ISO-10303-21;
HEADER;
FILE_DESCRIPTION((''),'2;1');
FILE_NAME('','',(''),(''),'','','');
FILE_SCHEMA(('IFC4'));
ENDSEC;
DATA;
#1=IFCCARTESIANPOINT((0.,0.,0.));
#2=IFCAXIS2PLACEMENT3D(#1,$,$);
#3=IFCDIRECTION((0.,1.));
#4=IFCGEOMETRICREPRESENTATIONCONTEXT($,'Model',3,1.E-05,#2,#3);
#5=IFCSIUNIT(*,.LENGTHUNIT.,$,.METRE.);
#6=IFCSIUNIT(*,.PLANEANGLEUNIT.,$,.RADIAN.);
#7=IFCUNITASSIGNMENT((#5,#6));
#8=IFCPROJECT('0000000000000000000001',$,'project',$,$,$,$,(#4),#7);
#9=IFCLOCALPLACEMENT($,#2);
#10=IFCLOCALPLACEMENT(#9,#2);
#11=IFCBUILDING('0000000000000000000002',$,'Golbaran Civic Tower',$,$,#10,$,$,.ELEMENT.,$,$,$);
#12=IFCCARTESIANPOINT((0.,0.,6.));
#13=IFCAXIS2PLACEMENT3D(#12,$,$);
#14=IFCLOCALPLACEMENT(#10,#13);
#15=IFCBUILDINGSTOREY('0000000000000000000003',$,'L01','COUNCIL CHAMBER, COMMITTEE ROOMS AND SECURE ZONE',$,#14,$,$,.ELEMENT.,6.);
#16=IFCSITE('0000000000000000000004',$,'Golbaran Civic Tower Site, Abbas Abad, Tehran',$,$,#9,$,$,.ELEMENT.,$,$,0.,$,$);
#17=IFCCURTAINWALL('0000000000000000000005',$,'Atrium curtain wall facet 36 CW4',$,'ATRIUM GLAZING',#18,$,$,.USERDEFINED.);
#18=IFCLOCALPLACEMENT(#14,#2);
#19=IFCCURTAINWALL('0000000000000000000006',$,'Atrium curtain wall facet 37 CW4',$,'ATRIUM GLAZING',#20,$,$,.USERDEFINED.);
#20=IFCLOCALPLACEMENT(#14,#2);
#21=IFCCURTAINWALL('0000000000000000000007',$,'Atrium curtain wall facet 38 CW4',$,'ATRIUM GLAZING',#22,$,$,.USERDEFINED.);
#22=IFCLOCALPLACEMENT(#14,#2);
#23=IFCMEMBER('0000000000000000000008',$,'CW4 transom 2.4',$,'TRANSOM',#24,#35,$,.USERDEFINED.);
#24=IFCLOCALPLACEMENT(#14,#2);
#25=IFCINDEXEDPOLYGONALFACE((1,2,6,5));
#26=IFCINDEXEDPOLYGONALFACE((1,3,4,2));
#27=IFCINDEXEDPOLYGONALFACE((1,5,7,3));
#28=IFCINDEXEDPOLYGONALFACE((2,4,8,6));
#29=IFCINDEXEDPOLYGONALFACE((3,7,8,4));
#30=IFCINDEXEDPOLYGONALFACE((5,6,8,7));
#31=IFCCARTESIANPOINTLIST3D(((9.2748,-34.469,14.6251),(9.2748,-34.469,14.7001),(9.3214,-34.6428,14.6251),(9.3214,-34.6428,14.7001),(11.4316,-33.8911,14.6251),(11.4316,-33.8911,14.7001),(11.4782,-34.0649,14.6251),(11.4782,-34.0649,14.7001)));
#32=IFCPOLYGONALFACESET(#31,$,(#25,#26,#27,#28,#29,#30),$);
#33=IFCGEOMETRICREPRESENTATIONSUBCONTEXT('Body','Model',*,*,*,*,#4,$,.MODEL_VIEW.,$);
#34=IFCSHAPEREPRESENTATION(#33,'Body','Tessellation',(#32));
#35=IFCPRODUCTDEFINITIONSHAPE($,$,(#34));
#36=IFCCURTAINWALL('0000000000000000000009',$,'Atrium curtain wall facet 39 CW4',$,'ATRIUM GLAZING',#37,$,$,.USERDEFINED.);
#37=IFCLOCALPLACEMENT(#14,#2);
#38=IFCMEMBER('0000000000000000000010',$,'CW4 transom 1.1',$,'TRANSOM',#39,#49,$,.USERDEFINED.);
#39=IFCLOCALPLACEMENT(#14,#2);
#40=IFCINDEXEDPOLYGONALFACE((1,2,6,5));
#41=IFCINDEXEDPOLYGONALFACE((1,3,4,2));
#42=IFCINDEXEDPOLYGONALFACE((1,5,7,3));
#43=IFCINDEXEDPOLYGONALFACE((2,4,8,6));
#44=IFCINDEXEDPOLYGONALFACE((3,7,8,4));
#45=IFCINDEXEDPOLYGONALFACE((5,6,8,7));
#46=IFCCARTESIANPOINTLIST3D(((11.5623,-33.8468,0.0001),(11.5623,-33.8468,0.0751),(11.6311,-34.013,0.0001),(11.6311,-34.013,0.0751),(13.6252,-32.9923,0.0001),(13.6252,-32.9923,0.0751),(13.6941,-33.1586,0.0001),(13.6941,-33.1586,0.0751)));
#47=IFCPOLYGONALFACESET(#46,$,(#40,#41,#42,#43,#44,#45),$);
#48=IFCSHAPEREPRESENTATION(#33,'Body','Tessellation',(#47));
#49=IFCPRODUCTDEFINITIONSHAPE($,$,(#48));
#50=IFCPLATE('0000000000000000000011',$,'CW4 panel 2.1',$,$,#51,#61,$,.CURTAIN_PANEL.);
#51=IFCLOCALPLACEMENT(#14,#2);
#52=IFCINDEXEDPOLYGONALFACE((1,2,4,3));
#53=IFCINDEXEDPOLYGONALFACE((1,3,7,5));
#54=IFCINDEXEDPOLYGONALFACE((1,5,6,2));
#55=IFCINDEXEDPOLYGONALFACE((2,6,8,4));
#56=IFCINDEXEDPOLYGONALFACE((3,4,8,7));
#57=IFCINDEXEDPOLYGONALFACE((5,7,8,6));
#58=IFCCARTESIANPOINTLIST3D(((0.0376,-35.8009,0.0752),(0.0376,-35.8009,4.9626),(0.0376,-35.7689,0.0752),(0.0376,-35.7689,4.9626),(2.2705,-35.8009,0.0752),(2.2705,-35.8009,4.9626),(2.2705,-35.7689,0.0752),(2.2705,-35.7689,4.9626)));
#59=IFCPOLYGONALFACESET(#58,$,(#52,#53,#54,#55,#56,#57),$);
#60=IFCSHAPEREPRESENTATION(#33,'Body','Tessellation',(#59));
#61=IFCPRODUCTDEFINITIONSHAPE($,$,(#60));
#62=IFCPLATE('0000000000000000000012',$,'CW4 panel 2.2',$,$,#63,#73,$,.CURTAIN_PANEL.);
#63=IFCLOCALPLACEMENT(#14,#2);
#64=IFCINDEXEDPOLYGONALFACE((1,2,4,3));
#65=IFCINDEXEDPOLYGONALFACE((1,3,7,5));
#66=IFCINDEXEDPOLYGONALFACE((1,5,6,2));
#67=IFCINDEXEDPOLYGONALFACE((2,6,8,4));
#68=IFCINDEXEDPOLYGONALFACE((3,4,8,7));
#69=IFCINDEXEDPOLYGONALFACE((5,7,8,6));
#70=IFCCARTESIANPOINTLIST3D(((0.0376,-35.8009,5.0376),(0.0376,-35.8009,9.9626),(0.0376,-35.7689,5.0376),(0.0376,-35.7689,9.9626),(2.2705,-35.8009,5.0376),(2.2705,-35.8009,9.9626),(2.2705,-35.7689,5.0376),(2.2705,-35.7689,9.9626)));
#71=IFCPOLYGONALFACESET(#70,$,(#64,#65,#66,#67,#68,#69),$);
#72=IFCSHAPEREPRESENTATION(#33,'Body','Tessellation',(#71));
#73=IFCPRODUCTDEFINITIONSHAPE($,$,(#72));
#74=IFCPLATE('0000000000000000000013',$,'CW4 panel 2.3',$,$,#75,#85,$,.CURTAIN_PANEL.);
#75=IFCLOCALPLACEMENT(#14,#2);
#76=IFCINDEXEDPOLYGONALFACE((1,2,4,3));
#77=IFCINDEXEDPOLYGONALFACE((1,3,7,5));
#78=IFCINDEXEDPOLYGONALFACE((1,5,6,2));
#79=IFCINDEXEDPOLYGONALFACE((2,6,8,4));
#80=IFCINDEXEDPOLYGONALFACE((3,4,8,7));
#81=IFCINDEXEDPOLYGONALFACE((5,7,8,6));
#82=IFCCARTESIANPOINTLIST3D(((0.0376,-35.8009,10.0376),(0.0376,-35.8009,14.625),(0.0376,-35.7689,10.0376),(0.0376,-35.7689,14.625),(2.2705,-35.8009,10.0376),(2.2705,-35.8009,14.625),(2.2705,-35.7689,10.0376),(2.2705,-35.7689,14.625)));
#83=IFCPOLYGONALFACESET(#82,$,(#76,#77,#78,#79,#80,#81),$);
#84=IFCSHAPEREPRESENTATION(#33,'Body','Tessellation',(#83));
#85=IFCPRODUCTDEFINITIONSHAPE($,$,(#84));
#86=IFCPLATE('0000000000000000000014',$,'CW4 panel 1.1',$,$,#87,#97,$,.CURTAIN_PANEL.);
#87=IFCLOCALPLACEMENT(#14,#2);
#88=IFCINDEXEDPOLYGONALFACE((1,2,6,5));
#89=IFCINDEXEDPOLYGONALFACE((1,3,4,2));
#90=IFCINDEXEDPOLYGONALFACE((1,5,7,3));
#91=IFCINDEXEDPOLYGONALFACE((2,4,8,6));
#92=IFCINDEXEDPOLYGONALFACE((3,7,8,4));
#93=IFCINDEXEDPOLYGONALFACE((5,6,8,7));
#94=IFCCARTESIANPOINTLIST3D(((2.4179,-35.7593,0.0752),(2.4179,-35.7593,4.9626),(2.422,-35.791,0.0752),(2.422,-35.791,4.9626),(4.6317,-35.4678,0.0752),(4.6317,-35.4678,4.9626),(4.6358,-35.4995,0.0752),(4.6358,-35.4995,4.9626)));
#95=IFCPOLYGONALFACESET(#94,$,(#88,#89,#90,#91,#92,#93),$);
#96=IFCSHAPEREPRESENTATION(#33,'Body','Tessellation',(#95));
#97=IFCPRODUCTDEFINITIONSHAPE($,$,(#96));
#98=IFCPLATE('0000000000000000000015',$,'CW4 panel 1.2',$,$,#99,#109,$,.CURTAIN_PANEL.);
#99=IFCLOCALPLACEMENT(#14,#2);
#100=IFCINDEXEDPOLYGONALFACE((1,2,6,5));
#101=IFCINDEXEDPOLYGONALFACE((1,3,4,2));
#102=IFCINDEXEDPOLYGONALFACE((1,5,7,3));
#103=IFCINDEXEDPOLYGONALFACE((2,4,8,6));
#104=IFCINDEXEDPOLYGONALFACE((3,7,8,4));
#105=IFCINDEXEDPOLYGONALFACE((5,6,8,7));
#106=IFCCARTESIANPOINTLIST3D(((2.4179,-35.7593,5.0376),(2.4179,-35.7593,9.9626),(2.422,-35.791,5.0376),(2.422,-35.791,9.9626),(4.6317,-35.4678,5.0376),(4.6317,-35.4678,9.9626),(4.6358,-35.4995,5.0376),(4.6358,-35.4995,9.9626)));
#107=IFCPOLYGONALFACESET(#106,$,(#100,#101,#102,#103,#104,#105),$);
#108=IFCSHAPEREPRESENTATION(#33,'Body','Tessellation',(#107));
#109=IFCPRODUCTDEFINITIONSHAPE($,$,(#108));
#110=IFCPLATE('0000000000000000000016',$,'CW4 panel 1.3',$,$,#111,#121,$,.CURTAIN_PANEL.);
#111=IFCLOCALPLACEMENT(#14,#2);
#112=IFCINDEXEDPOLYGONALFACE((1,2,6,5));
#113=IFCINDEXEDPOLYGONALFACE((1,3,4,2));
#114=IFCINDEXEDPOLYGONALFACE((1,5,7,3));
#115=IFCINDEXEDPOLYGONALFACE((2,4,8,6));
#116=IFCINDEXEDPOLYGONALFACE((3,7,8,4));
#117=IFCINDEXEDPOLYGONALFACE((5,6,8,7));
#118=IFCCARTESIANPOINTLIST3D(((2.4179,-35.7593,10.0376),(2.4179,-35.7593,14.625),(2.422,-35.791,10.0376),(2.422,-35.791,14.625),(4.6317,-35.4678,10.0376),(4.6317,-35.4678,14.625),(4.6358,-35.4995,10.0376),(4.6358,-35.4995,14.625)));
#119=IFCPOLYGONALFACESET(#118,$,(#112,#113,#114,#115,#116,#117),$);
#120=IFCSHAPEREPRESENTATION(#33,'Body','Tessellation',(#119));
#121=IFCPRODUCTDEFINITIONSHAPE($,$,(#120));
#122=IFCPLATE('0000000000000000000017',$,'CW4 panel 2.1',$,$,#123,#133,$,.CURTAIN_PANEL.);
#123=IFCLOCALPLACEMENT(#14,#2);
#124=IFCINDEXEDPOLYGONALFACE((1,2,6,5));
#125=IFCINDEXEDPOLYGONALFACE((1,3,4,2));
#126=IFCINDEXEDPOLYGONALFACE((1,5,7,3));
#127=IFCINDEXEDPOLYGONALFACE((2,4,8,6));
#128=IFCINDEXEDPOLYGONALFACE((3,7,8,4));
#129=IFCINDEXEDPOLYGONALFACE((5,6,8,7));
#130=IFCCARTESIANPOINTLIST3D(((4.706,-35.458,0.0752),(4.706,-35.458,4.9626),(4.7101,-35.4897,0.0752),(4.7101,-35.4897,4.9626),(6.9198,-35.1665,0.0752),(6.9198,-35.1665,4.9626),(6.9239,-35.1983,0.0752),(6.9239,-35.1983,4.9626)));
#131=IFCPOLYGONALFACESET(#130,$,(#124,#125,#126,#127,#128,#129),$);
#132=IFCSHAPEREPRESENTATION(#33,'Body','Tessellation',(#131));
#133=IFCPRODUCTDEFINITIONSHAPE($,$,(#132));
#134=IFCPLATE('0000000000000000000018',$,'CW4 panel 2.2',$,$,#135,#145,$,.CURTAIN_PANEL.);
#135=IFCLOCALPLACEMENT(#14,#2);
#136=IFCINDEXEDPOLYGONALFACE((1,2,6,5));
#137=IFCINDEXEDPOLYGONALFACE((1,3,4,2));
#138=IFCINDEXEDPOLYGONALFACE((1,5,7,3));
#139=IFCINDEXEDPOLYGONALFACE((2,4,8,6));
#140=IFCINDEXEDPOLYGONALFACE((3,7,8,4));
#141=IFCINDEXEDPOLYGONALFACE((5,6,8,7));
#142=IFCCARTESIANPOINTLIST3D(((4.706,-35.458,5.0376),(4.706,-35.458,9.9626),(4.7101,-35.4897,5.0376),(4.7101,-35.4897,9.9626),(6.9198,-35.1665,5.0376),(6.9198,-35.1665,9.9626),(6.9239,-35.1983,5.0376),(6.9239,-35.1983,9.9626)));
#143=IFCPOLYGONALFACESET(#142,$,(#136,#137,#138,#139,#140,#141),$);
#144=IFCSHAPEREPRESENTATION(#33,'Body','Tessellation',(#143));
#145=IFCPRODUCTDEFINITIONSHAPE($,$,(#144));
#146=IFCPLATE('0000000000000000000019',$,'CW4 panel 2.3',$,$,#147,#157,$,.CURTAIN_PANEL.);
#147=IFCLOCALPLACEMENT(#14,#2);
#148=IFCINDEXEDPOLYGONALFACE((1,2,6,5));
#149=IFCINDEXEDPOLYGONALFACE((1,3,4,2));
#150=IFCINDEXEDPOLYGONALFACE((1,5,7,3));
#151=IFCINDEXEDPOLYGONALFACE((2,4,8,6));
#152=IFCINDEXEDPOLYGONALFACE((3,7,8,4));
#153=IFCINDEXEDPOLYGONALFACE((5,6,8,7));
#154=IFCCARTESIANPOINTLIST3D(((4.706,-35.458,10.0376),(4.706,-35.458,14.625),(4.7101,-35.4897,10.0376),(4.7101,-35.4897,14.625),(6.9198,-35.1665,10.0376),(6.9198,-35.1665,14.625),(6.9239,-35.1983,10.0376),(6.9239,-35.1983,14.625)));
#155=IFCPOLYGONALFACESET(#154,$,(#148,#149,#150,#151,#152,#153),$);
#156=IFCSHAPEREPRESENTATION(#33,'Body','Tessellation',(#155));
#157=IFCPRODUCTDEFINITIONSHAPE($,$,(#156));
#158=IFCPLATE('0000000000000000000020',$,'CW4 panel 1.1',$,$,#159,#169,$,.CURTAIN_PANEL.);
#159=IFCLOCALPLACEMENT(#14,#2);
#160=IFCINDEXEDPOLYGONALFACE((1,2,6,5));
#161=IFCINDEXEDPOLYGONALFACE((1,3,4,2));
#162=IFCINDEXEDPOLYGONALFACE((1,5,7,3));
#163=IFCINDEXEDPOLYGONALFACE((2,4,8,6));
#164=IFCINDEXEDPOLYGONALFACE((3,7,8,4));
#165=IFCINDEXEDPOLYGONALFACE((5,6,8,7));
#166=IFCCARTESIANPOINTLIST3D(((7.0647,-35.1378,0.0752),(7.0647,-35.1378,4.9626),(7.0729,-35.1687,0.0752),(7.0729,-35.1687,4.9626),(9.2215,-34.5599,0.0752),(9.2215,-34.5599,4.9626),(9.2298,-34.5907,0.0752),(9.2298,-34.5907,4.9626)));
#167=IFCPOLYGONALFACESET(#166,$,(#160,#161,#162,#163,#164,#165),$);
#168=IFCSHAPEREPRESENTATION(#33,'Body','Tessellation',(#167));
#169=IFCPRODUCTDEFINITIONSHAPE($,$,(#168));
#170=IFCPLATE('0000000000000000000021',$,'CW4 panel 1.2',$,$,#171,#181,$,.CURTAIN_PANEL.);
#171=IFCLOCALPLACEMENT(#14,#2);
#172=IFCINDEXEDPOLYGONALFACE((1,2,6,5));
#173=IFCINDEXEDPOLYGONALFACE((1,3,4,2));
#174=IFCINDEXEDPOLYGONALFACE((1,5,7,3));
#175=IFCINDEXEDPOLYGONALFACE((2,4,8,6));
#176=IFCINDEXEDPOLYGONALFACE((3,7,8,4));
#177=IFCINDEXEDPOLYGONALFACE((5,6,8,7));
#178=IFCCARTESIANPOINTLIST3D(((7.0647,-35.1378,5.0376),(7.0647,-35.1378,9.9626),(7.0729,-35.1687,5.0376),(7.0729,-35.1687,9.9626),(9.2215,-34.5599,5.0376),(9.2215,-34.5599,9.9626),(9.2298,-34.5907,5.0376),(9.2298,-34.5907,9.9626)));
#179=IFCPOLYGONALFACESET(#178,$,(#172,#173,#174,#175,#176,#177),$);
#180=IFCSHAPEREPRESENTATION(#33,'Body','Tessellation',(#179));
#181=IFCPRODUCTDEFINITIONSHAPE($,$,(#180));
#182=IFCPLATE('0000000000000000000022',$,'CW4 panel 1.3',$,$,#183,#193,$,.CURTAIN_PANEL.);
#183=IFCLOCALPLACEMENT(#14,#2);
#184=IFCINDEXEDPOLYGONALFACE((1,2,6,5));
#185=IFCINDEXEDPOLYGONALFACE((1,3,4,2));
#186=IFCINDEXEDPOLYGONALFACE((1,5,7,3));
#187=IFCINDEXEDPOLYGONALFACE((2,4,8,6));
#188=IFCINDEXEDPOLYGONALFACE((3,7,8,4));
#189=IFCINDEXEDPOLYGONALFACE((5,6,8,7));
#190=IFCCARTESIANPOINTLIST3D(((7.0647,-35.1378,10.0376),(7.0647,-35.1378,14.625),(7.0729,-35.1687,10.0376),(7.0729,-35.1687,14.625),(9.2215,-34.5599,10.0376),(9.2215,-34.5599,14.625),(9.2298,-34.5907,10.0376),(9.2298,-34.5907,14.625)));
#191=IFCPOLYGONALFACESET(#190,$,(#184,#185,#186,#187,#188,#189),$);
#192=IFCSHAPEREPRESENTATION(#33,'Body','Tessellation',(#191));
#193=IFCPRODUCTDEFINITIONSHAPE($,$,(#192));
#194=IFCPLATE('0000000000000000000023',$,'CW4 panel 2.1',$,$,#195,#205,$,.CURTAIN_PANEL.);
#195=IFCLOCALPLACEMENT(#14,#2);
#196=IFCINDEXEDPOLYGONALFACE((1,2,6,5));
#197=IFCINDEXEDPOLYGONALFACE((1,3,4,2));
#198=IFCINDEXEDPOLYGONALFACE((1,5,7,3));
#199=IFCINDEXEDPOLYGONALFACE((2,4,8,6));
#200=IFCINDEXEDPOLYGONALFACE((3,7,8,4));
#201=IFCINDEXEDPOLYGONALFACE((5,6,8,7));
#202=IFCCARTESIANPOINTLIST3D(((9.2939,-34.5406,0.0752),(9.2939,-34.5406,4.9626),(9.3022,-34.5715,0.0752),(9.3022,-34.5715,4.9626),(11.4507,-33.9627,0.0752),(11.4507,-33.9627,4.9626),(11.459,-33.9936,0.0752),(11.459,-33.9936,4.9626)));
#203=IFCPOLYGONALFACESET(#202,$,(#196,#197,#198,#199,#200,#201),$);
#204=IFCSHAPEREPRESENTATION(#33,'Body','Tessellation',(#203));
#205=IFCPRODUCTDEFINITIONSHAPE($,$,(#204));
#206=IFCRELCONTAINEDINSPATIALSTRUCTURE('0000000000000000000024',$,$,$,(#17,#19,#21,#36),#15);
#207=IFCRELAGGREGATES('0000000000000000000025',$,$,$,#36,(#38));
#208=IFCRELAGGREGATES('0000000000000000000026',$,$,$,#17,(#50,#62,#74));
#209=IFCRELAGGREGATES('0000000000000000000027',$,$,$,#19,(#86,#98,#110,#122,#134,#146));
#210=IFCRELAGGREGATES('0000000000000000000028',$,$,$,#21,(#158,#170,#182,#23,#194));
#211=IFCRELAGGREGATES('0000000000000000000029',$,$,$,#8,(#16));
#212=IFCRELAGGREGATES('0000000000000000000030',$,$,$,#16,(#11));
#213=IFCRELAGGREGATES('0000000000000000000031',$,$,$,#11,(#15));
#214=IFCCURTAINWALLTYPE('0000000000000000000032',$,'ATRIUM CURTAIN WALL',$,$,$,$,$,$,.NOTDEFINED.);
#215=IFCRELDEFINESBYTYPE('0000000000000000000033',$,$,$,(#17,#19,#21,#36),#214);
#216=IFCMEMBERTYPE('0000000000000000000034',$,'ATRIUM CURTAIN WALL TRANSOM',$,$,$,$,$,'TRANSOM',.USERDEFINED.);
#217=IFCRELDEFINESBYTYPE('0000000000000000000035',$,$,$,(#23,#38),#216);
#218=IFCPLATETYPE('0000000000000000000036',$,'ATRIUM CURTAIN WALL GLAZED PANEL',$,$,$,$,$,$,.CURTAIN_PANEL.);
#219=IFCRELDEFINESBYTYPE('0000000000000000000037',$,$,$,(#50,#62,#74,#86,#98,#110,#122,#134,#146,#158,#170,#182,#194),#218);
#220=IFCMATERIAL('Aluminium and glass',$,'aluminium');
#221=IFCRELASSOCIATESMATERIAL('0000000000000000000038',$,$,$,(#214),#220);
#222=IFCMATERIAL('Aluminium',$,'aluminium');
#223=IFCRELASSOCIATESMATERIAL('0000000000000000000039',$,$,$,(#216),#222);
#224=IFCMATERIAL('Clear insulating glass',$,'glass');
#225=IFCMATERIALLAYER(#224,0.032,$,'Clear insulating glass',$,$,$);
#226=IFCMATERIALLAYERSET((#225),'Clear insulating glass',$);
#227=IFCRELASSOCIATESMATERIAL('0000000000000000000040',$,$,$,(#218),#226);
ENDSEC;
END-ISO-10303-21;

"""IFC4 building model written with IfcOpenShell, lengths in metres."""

from ifc_helpers import new_model, si_unit, direction, frame, origin, origin_2d, place, context, subcontext, project, spatial, rectangle, extrude, material, layer, layer_set, material_profile, profile_set, type_object, element, aggregate, save


model = new_model("IFC4")

# Units and contexts
model_context = context("Model", 3, precision=1e-05, world=origin(), true_north=direction((0.0, 1.0)))
body_context = subcontext(model_context, "Body", "Model", "MODEL_VIEW")
ifc_project = project(units=[si_unit("LENGTHUNIT", "METRE"), si_unit("PLANEANGLEUNIT", "RADIAN")], contexts=[model_context])

# Site, building, storey
site_placement = place(None, origin())
site = spatial("IfcSite", under=ifc_project, at=site_placement, Name="Golbaran Civic Tower Site, Abbas Abad, Tehran", CompositionType="ELEMENT", RefElevation=0.0)
building_placement = place(site_placement, origin())
building = spatial("IfcBuilding", under=site, at=building_placement, Name="Golbaran Civic Tower", CompositionType="ELEMENT")
storey_placement = place(building_placement, frame((0.0, 0.0, 6.0)))
storey = spatial("IfcBuildingStorey", under=building, at=storey_placement, Name="L01", Description="COUNCIL CHAMBER, COMMITTEE ROOMS AND SECURE ZONE", CompositionType="ELEMENT", Elevation=6.0)

# Curtain walls, member
ifc_material_1 = material(Name="Aluminium and glass", Category="aluminium")
curtain_wall_type = type_object("IfcCurtainWallType", Name="ATRIUM CURTAIN WALL", PredefinedType="NOTDEFINED", material=ifc_material_1)
curtain_wall_1_placement = place(storey_placement, origin())
curtain_wall_1 = element("IfcCurtainWall", 1, at=curtain_wall_1_placement, inside=storey, type_object=curtain_wall_type, Name="Atrium curtain wall facet 36 CW4", ObjectType="ATRIUM GLAZING", PredefinedType="USERDEFINED")
ifc_material_2 = material(Name="Aluminium", Category="aluminium")
ifc_material_profile = material_profile(ifc_material_2, rectangle(XDim=0.1799, YDim=0.075, at=origin_2d()), Name="ATRIUM CURTAIN WALL TRANSOM")
ifc_profile_set = profile_set([ifc_material_profile], Name="Aluminium")
member_type = type_object("IfcMemberType", Name="ATRIUM CURTAIN WALL TRANSOM", ElementType="TRANSOM", PredefinedType="USERDEFINED", material=ifc_profile_set)
curtain_wall_2_placement = place(storey_placement, origin())
curtain_wall_2 = element("IfcCurtainWall", 2, at=curtain_wall_2_placement, inside=storey, type_object=curtain_wall_type, Name="Atrium curtain wall facet 37 CW4", ObjectType="ATRIUM GLAZING", PredefinedType="USERDEFINED")
curtain_wall_3_placement = place(storey_placement, origin())
curtain_wall_3 = element("IfcCurtainWall", 3, at=curtain_wall_3_placement, inside=storey, type_object=curtain_wall_type, Name="Atrium curtain wall facet 38 CW4", ObjectType="ATRIUM GLAZING", PredefinedType="USERDEFINED")
member_1_placement = place(storey_placement, frame((9.2981, -34.5559, 14.6626), z_axis=(0.965928, 0.258813, 0.0), x_axis=(-0.258813, 0.965928, 0.0)))
member_1 = element("IfcMember", 4, at=member_1_placement, type_object=member_type, Name="CW4 transom 2.4", ObjectType="TRANSOM", PredefinedType="USERDEFINED", context=body_context, shape_type="SweptSolid", body=[
    extrude(rectangle(XDim=0.1799, YDim=0.075, at=origin_2d()), origin(), (0.0, 0.0, 1.0), 2.2329),
])

# Curtain wall, member
curtain_wall_4_placement = place(storey_placement, origin())
curtain_wall_4 = element("IfcCurtainWall", 5, at=curtain_wall_4_placement, inside=storey, type_object=curtain_wall_type, Name="Atrium curtain wall facet 39 CW4", ObjectType="ATRIUM GLAZING", PredefinedType="USERDEFINED")
member_2_placement = place(storey_placement, frame((11.5967, -33.9299, 0.0376), z_axis=(0.923884, 0.382674, 0.0), x_axis=(-0.382674, 0.923884, 0.0)))
member_2 = element("IfcMember", 6, at=member_2_placement, type_object=member_type, Name="CW4 transom 1.1", ObjectType="TRANSOM", PredefinedType="USERDEFINED", context=body_context, shape_type="SweptSolid", body=[
    extrude(rectangle(XDim=0.1799, YDim=0.075, at=origin_2d()), origin(), (0.0, 0.0, 1.0), 2.2329),
])
aggregate(curtain_wall_4, [member_2])

# Plates
ifc_material_3 = material(Name="Clear insulating glass", Category="glass")
ifc_layer = layer(ifc_material_3, 0.032, Name="Clear insulating glass")
ifc_layer_set = layer_set([ifc_layer], Name="Clear insulating glass")
plate_type = type_object("IfcPlateType", Name="ATRIUM CURTAIN WALL GLAZED PANEL", PredefinedType="CURTAIN_PANEL", material=ifc_layer_set)
plate_1_placement = place(storey_placement, frame((1.1541, -35.7849, 0.0752), z_axis=(0.0, 0.0, 1.0), x_axis=(1.0, 0.0, 0.0)))
plate_1 = element("IfcPlate", 7, at=plate_1_placement, type_object=plate_type, Name="CW4 panel 2.1", PredefinedType="CURTAIN_PANEL", context=body_context, shape_type="SweptSolid", body=[
    extrude(rectangle(XDim=2.2329, YDim=0.032, at=origin_2d()), origin(), (0.0, 0.0, 1.0), 4.8875),
])
plate_2_placement = place(storey_placement, frame((1.1541, -35.7849, 5.0376), z_axis=(0.0, 0.0, 1.0), x_axis=(1.0, 0.0, 0.0)))
plate_2 = element("IfcPlate", 8, at=plate_2_placement, type_object=plate_type, Name="CW4 panel 2.2", PredefinedType="CURTAIN_PANEL", context=body_context, shape_type="SweptSolid", body=[
    extrude(rectangle(XDim=2.2329, YDim=0.032, at=origin_2d()), origin(), (0.0, 0.0, 1.0), 4.925),
])
plate_3_placement = place(storey_placement, frame((1.1541, -35.7849, 10.0376), z_axis=(0.0, 0.0, 1.0), x_axis=(1.0, 0.0, 0.0)))
plate_3 = element("IfcPlate", 9, at=plate_3_placement, type_object=plate_type, Name="CW4 panel 2.3", PredefinedType="CURTAIN_PANEL", context=body_context, shape_type="SweptSolid", body=[
    extrude(rectangle(XDim=2.2329, YDim=0.032, at=origin_2d()), origin(), (0.0, 0.0, 1.0), 4.5874),
])
aggregate(curtain_wall_1, [plate_1, plate_2, plate_3])
plate_4_placement = place(storey_placement, frame((3.5269, -35.6294, 0.0752), z_axis=(0.0, 0.0, 1.0), x_axis=(0.991445, 0.130526, 0.0)))
plate_4 = element("IfcPlate", 10, at=plate_4_placement, type_object=plate_type, Name="CW4 panel 1.1", PredefinedType="CURTAIN_PANEL", context=body_context, shape_type="SweptSolid", body=[
    extrude(rectangle(XDim=2.2329, YDim=0.032, at=origin_2d()), origin(), (0.0, 0.0, 1.0), 4.8875),
])
plate_5_placement = place(storey_placement, frame((3.5269, -35.6294, 5.0376), z_axis=(0.0, 0.0, 1.0), x_axis=(0.991445, 0.130526, 0.0)))
plate_5 = element("IfcPlate", 11, at=plate_5_placement, type_object=plate_type, Name="CW4 panel 1.2", PredefinedType="CURTAIN_PANEL", context=body_context, shape_type="SweptSolid", body=[
    extrude(rectangle(XDim=2.2329, YDim=0.032, at=origin_2d()), origin(), (0.0, 0.0, 1.0), 4.925),
])
plate_6_placement = place(storey_placement, frame((3.5269, -35.6294, 10.0376), z_axis=(0.0, 0.0, 1.0), x_axis=(0.991445, 0.130526, 0.0)))
plate_6 = element("IfcPlate", 12, at=plate_6_placement, type_object=plate_type, Name="CW4 panel 1.3", PredefinedType="CURTAIN_PANEL", context=body_context, shape_type="SweptSolid", body=[
    extrude(rectangle(XDim=2.2329, YDim=0.032, at=origin_2d()), origin(), (0.0, 0.0, 1.0), 4.5874),
])
plate_7_placement = place(storey_placement, frame((5.8149, -35.3281, 0.0752), z_axis=(0.0, 0.0, 1.0), x_axis=(0.991445, 0.130526, 0.0)))
plate_7 = element("IfcPlate", 13, at=plate_7_placement, type_object=plate_type, Name="CW4 panel 2.1", PredefinedType="CURTAIN_PANEL", context=body_context, shape_type="SweptSolid", body=[
    extrude(rectangle(XDim=2.2329, YDim=0.032, at=origin_2d()), origin(), (0.0, 0.0, 1.0), 4.8875),
])
plate_8_placement = place(storey_placement, frame((5.8149, -35.3281, 5.0376), z_axis=(0.0, 0.0, 1.0), x_axis=(0.991445, 0.130526, 0.0)))
plate_8 = element("IfcPlate", 14, at=plate_8_placement, type_object=plate_type, Name="CW4 panel 2.2", PredefinedType="CURTAIN_PANEL", context=body_context, shape_type="SweptSolid", body=[
    extrude(rectangle(XDim=2.2329, YDim=0.032, at=origin_2d()), origin(), (0.0, 0.0, 1.0), 4.925),
])
plate_9_placement = place(storey_placement, frame((5.8149, -35.3281, 10.0376), z_axis=(0.0, 0.0, 1.0), x_axis=(0.991445, 0.130526, 0.0)))
plate_9 = element("IfcPlate", 15, at=plate_9_placement, type_object=plate_type, Name="CW4 panel 2.3", PredefinedType="CURTAIN_PANEL", context=body_context, shape_type="SweptSolid", body=[
    extrude(rectangle(XDim=2.2329, YDim=0.032, at=origin_2d()), origin(), (0.0, 0.0, 1.0), 4.5874),
])
aggregate(curtain_wall_2, [plate_4, plate_5, plate_6, plate_7, plate_8, plate_9])
plate_10_placement = place(storey_placement, frame((8.1472, -34.8643, 0.0752), z_axis=(0.0, 0.0, 1.0), x_axis=(0.965926, 0.258819, 0.0)))
plate_10 = element("IfcPlate", 16, at=plate_10_placement, type_object=plate_type, Name="CW4 panel 1.1", PredefinedType="CURTAIN_PANEL", context=body_context, shape_type="SweptSolid", body=[
    extrude(rectangle(XDim=2.2329, YDim=0.032, at=origin_2d()), origin(), (0.0, 0.0, 1.0), 4.8875),
])
plate_11_placement = place(storey_placement, frame((8.1472, -34.8643, 5.0376), z_axis=(0.0, 0.0, 1.0), x_axis=(0.965926, 0.258819, 0.0)))
plate_11 = element("IfcPlate", 17, at=plate_11_placement, type_object=plate_type, Name="CW4 panel 1.2", PredefinedType="CURTAIN_PANEL", context=body_context, shape_type="SweptSolid", body=[
    extrude(rectangle(XDim=2.2329, YDim=0.032, at=origin_2d()), origin(), (0.0, 0.0, 1.0), 4.925),
])
plate_12_placement = place(storey_placement, frame((8.1472, -34.8643, 10.0376), z_axis=(0.0, 0.0, 1.0), x_axis=(0.965926, 0.258819, 0.0)))
plate_12 = element("IfcPlate", 18, at=plate_12_placement, type_object=plate_type, Name="CW4 panel 1.3", PredefinedType="CURTAIN_PANEL", context=body_context, shape_type="SweptSolid", body=[
    extrude(rectangle(XDim=2.2329, YDim=0.032, at=origin_2d()), origin(), (0.0, 0.0, 1.0), 4.5874),
])
plate_13_placement = place(storey_placement, frame((10.3765, -34.2671, 0.0752), z_axis=(0.0, 0.0, 1.0), x_axis=(0.965926, 0.258819, 0.0)))
plate_13 = element("IfcPlate", 19, at=plate_13_placement, type_object=plate_type, Name="CW4 panel 2.1", PredefinedType="CURTAIN_PANEL", context=body_context, shape_type="SweptSolid", body=[
    extrude(rectangle(XDim=2.2329, YDim=0.032, at=origin_2d()), origin(), (0.0, 0.0, 1.0), 4.8875),
])
aggregate(curtain_wall_3, [plate_10, plate_11, plate_12, member_1, plate_13])

save(model, "model.ifc")
